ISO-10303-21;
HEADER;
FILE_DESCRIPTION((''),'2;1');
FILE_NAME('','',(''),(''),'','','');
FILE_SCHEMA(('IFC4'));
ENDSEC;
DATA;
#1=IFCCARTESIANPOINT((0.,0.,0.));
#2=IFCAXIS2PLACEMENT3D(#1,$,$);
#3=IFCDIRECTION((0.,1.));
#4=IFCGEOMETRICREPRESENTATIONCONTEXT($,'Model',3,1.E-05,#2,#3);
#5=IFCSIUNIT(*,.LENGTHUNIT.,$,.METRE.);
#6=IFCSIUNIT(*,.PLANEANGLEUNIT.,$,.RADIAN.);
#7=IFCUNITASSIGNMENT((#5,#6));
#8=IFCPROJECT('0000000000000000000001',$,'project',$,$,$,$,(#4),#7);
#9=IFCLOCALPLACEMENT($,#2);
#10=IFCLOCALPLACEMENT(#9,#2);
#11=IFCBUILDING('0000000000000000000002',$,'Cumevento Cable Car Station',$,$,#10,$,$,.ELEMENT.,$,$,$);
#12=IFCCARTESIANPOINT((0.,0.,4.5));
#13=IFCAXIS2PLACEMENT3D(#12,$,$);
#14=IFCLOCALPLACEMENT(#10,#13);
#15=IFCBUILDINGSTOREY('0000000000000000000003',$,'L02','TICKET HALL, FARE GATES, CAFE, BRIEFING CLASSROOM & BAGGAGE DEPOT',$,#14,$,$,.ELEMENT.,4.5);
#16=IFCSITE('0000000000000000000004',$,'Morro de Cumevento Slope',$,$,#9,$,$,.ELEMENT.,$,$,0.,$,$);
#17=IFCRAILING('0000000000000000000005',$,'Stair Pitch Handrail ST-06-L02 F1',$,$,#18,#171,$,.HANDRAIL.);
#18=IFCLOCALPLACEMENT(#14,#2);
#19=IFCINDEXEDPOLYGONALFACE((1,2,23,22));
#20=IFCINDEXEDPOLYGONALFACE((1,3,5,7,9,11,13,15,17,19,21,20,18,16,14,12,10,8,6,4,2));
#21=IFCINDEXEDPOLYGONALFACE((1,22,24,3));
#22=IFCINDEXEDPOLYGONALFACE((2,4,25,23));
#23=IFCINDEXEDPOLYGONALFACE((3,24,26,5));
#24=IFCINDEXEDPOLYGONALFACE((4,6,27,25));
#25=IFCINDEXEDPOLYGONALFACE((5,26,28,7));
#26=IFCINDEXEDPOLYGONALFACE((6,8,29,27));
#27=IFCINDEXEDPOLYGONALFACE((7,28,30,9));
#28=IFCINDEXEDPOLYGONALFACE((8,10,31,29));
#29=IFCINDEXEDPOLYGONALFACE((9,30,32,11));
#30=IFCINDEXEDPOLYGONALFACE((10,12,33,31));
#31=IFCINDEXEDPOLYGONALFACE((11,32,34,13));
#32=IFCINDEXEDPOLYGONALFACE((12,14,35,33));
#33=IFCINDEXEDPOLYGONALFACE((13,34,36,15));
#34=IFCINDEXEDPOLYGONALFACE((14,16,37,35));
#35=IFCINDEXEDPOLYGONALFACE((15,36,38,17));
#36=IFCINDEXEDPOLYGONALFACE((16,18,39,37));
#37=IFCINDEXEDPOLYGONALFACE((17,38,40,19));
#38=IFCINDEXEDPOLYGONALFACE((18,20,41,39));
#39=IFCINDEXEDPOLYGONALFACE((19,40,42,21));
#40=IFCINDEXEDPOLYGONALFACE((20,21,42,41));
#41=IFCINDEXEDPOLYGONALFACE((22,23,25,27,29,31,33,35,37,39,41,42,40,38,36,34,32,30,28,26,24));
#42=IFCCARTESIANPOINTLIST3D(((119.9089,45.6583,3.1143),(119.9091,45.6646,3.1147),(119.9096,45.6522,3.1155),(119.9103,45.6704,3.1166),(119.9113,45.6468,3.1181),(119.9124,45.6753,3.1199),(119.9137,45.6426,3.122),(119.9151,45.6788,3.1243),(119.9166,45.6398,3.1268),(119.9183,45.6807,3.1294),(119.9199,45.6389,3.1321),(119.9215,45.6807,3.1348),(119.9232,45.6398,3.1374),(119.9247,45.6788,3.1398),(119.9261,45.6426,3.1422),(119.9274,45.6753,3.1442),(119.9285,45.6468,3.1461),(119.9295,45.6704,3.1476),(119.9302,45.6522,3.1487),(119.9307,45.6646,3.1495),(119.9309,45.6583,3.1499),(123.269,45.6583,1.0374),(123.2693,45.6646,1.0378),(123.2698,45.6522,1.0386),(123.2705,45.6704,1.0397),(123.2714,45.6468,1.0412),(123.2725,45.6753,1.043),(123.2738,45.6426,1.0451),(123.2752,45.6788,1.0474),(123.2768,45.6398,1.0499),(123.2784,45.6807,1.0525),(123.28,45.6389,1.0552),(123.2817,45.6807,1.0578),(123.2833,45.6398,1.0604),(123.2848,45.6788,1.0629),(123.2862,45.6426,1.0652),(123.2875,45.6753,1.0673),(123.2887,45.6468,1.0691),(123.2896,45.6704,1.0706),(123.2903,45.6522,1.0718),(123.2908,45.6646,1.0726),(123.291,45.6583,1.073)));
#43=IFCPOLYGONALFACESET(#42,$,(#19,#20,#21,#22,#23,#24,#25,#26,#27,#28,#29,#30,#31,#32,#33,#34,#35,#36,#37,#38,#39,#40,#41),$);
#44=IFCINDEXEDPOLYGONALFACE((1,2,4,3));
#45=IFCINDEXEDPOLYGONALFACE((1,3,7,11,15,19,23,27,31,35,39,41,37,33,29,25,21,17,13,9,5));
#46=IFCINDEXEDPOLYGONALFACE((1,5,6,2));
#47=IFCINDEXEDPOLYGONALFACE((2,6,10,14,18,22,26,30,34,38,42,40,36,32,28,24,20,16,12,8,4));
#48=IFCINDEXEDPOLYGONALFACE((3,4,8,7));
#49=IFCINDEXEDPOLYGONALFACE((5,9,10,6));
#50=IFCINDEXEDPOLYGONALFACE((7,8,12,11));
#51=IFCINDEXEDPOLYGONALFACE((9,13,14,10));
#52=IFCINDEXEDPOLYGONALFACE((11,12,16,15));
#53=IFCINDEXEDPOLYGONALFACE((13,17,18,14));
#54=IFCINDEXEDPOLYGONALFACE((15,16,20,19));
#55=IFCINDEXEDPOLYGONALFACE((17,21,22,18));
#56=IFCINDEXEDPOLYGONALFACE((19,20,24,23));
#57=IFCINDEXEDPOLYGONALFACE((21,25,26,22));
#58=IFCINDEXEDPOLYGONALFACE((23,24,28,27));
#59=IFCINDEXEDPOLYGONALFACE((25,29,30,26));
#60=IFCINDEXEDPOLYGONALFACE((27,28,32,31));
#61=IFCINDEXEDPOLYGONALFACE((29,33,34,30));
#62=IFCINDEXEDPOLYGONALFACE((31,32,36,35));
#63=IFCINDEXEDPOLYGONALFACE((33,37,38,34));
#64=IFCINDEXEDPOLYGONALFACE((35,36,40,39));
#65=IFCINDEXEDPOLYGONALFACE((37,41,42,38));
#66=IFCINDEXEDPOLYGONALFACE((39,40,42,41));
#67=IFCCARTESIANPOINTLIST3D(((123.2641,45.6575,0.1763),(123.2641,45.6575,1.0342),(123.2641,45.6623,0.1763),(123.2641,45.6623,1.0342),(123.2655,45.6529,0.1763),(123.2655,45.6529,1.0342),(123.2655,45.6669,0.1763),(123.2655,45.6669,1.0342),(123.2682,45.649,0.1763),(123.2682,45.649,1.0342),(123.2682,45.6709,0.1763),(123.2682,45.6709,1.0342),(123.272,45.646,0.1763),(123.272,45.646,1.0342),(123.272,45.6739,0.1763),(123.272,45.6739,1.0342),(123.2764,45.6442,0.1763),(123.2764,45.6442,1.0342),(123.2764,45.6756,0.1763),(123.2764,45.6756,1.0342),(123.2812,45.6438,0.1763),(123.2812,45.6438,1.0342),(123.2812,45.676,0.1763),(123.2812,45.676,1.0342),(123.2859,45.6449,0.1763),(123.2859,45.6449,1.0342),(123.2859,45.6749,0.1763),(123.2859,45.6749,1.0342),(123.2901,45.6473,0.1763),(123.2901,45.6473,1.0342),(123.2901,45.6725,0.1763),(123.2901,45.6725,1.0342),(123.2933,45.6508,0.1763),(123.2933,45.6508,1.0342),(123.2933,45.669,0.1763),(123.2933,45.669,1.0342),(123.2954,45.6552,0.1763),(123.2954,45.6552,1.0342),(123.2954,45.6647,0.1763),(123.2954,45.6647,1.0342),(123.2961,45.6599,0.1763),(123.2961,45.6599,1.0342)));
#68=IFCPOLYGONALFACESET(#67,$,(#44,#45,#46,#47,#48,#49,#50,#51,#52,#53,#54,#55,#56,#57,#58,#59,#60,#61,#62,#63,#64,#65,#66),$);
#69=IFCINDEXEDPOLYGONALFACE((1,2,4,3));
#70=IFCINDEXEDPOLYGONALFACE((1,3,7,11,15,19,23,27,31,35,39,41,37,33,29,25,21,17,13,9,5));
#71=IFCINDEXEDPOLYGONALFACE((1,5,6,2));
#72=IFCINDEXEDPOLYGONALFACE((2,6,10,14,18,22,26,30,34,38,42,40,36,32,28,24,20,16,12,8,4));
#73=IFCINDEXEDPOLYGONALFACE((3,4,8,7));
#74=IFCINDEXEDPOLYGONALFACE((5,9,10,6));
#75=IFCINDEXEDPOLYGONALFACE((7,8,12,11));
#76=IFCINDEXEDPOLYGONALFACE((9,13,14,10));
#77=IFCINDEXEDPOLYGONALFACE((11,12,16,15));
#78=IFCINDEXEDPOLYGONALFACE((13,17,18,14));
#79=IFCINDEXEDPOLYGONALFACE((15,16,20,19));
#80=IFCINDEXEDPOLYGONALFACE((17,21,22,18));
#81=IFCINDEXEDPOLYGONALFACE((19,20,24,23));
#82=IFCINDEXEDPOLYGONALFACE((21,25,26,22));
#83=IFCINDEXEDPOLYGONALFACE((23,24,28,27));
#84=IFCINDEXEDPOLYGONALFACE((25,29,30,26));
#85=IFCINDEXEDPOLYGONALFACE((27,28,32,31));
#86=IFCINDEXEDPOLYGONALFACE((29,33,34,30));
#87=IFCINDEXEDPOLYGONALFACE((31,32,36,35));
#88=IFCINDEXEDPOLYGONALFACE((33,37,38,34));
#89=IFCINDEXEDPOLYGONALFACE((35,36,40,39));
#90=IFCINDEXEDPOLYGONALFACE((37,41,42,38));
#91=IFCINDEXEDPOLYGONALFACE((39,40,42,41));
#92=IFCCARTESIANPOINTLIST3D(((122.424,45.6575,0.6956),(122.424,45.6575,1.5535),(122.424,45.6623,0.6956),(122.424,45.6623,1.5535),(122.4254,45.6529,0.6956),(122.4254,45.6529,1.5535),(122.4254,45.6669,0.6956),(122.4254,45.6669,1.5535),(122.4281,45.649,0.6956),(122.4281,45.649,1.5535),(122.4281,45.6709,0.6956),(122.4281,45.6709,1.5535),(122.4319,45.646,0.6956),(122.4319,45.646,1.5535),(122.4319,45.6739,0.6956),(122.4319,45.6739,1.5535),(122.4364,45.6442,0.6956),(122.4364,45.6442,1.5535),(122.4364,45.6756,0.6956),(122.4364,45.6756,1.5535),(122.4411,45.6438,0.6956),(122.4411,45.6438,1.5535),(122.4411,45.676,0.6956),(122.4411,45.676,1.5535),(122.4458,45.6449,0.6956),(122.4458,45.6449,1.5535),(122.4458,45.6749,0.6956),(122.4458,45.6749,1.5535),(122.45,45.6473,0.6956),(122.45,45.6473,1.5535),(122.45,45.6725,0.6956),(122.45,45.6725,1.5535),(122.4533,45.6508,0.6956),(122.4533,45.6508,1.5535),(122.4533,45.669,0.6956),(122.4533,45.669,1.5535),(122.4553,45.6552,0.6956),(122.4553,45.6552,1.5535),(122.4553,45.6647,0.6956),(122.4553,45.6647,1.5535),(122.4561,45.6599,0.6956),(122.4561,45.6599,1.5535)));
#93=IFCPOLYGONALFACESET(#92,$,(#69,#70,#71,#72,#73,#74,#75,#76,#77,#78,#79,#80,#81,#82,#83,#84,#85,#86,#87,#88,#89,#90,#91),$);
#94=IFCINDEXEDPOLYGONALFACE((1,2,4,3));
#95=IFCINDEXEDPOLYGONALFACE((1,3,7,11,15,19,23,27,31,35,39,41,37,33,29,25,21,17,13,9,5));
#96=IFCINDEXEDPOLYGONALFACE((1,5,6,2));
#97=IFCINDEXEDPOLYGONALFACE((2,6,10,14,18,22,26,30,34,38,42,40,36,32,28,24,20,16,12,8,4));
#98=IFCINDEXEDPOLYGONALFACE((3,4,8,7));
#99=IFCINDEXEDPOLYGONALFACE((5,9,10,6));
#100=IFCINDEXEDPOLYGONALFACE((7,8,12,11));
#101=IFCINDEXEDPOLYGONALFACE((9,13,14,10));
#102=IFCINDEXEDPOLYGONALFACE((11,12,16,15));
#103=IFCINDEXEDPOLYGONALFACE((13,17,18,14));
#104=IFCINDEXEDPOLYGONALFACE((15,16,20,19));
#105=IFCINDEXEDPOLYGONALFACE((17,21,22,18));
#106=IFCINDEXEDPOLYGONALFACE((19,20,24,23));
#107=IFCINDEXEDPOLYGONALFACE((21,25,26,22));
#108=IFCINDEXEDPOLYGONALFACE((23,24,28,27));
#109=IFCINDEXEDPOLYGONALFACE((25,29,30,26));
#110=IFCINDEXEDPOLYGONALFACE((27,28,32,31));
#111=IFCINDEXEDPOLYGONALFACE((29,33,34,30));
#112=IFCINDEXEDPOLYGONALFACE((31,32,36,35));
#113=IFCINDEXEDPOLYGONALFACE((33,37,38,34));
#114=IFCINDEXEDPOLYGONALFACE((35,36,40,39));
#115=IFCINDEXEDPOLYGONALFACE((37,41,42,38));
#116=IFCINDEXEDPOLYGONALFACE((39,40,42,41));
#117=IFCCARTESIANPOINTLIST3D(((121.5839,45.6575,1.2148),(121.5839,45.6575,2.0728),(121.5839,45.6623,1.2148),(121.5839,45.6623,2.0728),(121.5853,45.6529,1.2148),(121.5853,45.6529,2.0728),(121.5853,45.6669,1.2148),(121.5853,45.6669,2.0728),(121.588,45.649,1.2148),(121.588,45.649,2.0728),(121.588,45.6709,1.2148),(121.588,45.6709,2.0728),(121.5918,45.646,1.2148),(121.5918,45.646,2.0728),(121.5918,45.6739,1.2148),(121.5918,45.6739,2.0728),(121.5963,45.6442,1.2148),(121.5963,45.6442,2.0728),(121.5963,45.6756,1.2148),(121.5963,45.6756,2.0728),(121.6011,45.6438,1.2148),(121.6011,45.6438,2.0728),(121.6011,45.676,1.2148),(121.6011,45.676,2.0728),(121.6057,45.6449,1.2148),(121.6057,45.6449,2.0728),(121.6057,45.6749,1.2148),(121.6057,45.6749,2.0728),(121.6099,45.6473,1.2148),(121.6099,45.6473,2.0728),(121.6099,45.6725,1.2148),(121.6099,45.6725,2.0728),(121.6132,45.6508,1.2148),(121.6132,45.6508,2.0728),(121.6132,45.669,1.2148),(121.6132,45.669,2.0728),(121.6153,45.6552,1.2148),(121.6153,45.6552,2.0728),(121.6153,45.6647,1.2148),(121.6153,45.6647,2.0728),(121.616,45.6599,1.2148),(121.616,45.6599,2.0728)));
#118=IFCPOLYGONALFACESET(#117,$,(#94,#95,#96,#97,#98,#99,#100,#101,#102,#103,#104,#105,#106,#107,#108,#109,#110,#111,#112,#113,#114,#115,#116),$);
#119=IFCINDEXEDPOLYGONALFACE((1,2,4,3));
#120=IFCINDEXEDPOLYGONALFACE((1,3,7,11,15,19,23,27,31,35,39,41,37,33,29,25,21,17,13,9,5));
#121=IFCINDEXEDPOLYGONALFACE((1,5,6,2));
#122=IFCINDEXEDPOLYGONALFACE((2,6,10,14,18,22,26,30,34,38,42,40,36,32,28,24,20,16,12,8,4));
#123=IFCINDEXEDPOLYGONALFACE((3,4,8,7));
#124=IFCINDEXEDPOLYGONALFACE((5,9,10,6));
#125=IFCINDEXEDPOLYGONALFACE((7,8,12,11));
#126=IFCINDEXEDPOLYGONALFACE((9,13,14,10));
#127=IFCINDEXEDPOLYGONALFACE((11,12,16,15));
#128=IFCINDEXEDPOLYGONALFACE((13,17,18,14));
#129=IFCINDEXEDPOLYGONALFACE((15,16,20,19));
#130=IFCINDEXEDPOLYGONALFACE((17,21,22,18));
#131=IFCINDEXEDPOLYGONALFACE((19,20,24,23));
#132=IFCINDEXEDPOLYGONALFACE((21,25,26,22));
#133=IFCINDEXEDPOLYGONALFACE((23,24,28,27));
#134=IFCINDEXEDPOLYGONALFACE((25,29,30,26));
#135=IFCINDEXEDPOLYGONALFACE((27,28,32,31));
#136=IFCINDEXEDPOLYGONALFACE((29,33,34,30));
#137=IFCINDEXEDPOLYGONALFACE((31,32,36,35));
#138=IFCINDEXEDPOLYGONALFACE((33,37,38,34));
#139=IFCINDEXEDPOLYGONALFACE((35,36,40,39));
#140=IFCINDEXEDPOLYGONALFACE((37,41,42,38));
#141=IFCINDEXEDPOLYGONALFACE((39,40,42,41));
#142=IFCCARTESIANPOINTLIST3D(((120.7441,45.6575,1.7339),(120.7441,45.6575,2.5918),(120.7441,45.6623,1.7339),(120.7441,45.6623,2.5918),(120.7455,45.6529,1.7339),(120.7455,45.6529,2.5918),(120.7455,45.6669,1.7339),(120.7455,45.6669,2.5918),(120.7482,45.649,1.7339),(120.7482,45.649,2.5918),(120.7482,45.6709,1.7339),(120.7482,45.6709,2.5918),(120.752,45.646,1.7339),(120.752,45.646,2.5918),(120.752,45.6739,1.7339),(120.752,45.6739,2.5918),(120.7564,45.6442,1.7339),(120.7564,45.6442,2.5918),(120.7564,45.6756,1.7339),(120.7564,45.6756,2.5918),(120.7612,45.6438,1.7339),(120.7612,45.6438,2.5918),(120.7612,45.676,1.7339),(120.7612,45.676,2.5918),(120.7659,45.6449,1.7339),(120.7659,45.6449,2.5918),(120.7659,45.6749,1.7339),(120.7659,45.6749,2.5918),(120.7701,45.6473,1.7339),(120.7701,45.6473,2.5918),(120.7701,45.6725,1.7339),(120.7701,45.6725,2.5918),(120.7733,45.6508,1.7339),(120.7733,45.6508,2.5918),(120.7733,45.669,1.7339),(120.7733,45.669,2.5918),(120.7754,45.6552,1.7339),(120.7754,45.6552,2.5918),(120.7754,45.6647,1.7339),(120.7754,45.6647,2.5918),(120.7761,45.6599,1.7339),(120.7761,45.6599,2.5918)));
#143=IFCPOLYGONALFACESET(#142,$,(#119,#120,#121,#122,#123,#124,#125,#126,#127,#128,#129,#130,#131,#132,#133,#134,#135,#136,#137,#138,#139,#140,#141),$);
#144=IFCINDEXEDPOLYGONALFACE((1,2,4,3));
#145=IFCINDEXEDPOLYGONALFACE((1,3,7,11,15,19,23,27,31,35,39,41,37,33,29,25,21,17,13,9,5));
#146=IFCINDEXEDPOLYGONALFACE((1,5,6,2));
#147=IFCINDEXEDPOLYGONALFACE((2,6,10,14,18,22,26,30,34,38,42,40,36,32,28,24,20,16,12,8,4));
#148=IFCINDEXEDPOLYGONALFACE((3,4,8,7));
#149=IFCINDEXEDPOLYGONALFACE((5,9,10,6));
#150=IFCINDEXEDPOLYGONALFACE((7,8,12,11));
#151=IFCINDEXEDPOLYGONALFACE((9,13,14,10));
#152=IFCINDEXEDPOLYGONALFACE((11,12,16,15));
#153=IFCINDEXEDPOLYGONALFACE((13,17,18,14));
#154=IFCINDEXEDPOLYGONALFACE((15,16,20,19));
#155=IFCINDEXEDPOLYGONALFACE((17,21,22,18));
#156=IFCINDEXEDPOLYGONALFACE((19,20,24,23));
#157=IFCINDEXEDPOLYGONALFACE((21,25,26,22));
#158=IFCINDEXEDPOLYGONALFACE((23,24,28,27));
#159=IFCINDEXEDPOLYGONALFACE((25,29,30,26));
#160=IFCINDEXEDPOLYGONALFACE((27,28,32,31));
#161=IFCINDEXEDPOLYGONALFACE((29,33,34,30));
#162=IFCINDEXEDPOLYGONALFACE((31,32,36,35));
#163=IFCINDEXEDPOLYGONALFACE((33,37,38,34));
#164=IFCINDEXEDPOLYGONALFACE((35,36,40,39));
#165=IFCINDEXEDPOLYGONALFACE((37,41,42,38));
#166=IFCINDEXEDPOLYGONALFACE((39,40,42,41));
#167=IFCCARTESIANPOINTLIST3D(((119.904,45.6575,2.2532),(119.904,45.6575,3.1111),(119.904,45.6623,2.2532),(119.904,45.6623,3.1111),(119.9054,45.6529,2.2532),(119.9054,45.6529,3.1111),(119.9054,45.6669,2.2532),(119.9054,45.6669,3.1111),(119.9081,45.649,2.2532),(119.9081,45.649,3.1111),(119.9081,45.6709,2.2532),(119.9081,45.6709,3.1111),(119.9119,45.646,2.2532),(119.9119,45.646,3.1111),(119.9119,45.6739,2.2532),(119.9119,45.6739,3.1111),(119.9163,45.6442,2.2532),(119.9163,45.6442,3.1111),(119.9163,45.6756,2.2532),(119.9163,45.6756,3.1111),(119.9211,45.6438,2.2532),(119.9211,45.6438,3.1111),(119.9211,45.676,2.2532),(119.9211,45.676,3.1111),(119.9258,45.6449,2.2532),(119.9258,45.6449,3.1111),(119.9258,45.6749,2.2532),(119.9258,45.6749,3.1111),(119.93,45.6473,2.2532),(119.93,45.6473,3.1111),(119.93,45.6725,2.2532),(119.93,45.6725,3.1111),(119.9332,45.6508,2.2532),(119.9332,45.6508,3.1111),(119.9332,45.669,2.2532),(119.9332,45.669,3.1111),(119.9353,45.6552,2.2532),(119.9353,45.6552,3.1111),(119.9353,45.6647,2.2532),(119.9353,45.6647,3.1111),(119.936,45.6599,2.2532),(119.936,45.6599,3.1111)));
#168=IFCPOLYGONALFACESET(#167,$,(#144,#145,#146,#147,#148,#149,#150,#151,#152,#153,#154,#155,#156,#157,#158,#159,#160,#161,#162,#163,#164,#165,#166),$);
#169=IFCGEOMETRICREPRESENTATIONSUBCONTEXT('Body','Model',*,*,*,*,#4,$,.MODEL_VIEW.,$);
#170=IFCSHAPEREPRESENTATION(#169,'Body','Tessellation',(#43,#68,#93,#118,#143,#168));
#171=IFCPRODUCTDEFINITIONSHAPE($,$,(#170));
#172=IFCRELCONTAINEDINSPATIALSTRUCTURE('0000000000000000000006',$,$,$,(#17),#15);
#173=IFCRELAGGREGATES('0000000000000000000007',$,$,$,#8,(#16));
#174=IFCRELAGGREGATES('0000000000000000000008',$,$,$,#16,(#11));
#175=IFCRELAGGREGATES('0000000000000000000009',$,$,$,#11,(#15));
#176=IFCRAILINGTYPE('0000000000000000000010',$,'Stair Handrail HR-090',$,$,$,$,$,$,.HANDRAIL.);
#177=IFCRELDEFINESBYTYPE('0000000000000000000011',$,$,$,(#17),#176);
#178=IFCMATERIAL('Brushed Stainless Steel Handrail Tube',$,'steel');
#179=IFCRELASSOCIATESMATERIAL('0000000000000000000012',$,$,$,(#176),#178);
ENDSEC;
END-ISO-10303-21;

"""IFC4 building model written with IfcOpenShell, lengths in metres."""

from ifc_helpers import new_model, si_unit, direction, frame, origin, origin_2d, place, context, subcontext, project, spatial, circle, extrude, material, type_object, element, save


model = new_model("IFC4")

# Units and contexts
model_context = context("Model", 3, precision=1e-05, world=origin(), true_north=direction((0.0, 1.0)))
body_context = subcontext(model_context, "Body", "Model", "MODEL_VIEW")
ifc_project = project(units=[si_unit("LENGTHUNIT", "METRE"), si_unit("PLANEANGLEUNIT", "RADIAN")], contexts=[model_context])

# Site, building, storey
site_placement = place(None, origin())
site = spatial("IfcSite", under=ifc_project, at=site_placement, Name="Morro de Cumevento Slope", CompositionType="ELEMENT", RefElevation=0.0)
building_placement = place(site_placement, origin())
building = spatial("IfcBuilding", under=site, at=building_placement, Name="Cumevento Cable Car Station", CompositionType="ELEMENT")
storey_placement = place(building_placement, frame((0.0, 0.0, 4.5)))
storey = spatial("IfcBuildingStorey", under=building, at=storey_placement, Name="L02", Description="TICKET HALL, FARE GATES, CAFE, BRIEFING CLASSROOM & BAGGAGE DEPOT", CompositionType="ELEMENT", Elevation=4.5)

# Railing
ifc_material_1 = material(Name="Brushed Stainless Steel Handrail Tube", Category="steel")
railing_type_1 = type_object("IfcRailingType", Name="Stair Handrail HR-090", PredefinedType="HANDRAIL", material=ifc_material_1)
railing_1_placement = place(storey_placement, frame((123.28, 45.6599, 0.1763)))
element("IfcRailing", 1, at=railing_1_placement, inside=storey, type_object=railing_type_1, Name="Stair Pitch Handrail ST-06-L02 F1", PredefinedType="HANDRAIL", context=body_context, shape_type="SweptSolid", body=[
    extrude(circle(Radius=0.021, at=origin_2d()), frame((0.0, 0.0, 0.8789), z_axis=(-0.850623, 0.0, 0.525776), x_axis=(0.0, -1.0, 0.0)), (0.0, 0.0, 1.0), 3.9502),
    extrude(circle(Radius=0.0161, at=origin_2d()), origin(), (0.0, 0.0, 1.0), 0.8579),
    extrude(circle(Radius=0.0161, at=origin_2d()), frame((-0.8401, 0.0, 0.5193)), (0.0, 0.0, 1.0), 0.8579),
    extrude(circle(Radius=0.0161, at=origin_2d()), frame((-1.6802, 0.0, 1.0386)), (0.0, 0.0, 1.0), 0.8579),
    extrude(circle(Radius=0.0161, at=origin_2d()), frame((-2.52, 0.0, 1.5576)), (0.0, 0.0, 1.0), 0.8579),
    extrude(circle(Radius=0.0161, at=origin_2d()), frame((-3.3601, 0.0, 2.0769)), (0.0, 0.0, 1.0), 0.8579),
])

save(model, "model.ifc")
